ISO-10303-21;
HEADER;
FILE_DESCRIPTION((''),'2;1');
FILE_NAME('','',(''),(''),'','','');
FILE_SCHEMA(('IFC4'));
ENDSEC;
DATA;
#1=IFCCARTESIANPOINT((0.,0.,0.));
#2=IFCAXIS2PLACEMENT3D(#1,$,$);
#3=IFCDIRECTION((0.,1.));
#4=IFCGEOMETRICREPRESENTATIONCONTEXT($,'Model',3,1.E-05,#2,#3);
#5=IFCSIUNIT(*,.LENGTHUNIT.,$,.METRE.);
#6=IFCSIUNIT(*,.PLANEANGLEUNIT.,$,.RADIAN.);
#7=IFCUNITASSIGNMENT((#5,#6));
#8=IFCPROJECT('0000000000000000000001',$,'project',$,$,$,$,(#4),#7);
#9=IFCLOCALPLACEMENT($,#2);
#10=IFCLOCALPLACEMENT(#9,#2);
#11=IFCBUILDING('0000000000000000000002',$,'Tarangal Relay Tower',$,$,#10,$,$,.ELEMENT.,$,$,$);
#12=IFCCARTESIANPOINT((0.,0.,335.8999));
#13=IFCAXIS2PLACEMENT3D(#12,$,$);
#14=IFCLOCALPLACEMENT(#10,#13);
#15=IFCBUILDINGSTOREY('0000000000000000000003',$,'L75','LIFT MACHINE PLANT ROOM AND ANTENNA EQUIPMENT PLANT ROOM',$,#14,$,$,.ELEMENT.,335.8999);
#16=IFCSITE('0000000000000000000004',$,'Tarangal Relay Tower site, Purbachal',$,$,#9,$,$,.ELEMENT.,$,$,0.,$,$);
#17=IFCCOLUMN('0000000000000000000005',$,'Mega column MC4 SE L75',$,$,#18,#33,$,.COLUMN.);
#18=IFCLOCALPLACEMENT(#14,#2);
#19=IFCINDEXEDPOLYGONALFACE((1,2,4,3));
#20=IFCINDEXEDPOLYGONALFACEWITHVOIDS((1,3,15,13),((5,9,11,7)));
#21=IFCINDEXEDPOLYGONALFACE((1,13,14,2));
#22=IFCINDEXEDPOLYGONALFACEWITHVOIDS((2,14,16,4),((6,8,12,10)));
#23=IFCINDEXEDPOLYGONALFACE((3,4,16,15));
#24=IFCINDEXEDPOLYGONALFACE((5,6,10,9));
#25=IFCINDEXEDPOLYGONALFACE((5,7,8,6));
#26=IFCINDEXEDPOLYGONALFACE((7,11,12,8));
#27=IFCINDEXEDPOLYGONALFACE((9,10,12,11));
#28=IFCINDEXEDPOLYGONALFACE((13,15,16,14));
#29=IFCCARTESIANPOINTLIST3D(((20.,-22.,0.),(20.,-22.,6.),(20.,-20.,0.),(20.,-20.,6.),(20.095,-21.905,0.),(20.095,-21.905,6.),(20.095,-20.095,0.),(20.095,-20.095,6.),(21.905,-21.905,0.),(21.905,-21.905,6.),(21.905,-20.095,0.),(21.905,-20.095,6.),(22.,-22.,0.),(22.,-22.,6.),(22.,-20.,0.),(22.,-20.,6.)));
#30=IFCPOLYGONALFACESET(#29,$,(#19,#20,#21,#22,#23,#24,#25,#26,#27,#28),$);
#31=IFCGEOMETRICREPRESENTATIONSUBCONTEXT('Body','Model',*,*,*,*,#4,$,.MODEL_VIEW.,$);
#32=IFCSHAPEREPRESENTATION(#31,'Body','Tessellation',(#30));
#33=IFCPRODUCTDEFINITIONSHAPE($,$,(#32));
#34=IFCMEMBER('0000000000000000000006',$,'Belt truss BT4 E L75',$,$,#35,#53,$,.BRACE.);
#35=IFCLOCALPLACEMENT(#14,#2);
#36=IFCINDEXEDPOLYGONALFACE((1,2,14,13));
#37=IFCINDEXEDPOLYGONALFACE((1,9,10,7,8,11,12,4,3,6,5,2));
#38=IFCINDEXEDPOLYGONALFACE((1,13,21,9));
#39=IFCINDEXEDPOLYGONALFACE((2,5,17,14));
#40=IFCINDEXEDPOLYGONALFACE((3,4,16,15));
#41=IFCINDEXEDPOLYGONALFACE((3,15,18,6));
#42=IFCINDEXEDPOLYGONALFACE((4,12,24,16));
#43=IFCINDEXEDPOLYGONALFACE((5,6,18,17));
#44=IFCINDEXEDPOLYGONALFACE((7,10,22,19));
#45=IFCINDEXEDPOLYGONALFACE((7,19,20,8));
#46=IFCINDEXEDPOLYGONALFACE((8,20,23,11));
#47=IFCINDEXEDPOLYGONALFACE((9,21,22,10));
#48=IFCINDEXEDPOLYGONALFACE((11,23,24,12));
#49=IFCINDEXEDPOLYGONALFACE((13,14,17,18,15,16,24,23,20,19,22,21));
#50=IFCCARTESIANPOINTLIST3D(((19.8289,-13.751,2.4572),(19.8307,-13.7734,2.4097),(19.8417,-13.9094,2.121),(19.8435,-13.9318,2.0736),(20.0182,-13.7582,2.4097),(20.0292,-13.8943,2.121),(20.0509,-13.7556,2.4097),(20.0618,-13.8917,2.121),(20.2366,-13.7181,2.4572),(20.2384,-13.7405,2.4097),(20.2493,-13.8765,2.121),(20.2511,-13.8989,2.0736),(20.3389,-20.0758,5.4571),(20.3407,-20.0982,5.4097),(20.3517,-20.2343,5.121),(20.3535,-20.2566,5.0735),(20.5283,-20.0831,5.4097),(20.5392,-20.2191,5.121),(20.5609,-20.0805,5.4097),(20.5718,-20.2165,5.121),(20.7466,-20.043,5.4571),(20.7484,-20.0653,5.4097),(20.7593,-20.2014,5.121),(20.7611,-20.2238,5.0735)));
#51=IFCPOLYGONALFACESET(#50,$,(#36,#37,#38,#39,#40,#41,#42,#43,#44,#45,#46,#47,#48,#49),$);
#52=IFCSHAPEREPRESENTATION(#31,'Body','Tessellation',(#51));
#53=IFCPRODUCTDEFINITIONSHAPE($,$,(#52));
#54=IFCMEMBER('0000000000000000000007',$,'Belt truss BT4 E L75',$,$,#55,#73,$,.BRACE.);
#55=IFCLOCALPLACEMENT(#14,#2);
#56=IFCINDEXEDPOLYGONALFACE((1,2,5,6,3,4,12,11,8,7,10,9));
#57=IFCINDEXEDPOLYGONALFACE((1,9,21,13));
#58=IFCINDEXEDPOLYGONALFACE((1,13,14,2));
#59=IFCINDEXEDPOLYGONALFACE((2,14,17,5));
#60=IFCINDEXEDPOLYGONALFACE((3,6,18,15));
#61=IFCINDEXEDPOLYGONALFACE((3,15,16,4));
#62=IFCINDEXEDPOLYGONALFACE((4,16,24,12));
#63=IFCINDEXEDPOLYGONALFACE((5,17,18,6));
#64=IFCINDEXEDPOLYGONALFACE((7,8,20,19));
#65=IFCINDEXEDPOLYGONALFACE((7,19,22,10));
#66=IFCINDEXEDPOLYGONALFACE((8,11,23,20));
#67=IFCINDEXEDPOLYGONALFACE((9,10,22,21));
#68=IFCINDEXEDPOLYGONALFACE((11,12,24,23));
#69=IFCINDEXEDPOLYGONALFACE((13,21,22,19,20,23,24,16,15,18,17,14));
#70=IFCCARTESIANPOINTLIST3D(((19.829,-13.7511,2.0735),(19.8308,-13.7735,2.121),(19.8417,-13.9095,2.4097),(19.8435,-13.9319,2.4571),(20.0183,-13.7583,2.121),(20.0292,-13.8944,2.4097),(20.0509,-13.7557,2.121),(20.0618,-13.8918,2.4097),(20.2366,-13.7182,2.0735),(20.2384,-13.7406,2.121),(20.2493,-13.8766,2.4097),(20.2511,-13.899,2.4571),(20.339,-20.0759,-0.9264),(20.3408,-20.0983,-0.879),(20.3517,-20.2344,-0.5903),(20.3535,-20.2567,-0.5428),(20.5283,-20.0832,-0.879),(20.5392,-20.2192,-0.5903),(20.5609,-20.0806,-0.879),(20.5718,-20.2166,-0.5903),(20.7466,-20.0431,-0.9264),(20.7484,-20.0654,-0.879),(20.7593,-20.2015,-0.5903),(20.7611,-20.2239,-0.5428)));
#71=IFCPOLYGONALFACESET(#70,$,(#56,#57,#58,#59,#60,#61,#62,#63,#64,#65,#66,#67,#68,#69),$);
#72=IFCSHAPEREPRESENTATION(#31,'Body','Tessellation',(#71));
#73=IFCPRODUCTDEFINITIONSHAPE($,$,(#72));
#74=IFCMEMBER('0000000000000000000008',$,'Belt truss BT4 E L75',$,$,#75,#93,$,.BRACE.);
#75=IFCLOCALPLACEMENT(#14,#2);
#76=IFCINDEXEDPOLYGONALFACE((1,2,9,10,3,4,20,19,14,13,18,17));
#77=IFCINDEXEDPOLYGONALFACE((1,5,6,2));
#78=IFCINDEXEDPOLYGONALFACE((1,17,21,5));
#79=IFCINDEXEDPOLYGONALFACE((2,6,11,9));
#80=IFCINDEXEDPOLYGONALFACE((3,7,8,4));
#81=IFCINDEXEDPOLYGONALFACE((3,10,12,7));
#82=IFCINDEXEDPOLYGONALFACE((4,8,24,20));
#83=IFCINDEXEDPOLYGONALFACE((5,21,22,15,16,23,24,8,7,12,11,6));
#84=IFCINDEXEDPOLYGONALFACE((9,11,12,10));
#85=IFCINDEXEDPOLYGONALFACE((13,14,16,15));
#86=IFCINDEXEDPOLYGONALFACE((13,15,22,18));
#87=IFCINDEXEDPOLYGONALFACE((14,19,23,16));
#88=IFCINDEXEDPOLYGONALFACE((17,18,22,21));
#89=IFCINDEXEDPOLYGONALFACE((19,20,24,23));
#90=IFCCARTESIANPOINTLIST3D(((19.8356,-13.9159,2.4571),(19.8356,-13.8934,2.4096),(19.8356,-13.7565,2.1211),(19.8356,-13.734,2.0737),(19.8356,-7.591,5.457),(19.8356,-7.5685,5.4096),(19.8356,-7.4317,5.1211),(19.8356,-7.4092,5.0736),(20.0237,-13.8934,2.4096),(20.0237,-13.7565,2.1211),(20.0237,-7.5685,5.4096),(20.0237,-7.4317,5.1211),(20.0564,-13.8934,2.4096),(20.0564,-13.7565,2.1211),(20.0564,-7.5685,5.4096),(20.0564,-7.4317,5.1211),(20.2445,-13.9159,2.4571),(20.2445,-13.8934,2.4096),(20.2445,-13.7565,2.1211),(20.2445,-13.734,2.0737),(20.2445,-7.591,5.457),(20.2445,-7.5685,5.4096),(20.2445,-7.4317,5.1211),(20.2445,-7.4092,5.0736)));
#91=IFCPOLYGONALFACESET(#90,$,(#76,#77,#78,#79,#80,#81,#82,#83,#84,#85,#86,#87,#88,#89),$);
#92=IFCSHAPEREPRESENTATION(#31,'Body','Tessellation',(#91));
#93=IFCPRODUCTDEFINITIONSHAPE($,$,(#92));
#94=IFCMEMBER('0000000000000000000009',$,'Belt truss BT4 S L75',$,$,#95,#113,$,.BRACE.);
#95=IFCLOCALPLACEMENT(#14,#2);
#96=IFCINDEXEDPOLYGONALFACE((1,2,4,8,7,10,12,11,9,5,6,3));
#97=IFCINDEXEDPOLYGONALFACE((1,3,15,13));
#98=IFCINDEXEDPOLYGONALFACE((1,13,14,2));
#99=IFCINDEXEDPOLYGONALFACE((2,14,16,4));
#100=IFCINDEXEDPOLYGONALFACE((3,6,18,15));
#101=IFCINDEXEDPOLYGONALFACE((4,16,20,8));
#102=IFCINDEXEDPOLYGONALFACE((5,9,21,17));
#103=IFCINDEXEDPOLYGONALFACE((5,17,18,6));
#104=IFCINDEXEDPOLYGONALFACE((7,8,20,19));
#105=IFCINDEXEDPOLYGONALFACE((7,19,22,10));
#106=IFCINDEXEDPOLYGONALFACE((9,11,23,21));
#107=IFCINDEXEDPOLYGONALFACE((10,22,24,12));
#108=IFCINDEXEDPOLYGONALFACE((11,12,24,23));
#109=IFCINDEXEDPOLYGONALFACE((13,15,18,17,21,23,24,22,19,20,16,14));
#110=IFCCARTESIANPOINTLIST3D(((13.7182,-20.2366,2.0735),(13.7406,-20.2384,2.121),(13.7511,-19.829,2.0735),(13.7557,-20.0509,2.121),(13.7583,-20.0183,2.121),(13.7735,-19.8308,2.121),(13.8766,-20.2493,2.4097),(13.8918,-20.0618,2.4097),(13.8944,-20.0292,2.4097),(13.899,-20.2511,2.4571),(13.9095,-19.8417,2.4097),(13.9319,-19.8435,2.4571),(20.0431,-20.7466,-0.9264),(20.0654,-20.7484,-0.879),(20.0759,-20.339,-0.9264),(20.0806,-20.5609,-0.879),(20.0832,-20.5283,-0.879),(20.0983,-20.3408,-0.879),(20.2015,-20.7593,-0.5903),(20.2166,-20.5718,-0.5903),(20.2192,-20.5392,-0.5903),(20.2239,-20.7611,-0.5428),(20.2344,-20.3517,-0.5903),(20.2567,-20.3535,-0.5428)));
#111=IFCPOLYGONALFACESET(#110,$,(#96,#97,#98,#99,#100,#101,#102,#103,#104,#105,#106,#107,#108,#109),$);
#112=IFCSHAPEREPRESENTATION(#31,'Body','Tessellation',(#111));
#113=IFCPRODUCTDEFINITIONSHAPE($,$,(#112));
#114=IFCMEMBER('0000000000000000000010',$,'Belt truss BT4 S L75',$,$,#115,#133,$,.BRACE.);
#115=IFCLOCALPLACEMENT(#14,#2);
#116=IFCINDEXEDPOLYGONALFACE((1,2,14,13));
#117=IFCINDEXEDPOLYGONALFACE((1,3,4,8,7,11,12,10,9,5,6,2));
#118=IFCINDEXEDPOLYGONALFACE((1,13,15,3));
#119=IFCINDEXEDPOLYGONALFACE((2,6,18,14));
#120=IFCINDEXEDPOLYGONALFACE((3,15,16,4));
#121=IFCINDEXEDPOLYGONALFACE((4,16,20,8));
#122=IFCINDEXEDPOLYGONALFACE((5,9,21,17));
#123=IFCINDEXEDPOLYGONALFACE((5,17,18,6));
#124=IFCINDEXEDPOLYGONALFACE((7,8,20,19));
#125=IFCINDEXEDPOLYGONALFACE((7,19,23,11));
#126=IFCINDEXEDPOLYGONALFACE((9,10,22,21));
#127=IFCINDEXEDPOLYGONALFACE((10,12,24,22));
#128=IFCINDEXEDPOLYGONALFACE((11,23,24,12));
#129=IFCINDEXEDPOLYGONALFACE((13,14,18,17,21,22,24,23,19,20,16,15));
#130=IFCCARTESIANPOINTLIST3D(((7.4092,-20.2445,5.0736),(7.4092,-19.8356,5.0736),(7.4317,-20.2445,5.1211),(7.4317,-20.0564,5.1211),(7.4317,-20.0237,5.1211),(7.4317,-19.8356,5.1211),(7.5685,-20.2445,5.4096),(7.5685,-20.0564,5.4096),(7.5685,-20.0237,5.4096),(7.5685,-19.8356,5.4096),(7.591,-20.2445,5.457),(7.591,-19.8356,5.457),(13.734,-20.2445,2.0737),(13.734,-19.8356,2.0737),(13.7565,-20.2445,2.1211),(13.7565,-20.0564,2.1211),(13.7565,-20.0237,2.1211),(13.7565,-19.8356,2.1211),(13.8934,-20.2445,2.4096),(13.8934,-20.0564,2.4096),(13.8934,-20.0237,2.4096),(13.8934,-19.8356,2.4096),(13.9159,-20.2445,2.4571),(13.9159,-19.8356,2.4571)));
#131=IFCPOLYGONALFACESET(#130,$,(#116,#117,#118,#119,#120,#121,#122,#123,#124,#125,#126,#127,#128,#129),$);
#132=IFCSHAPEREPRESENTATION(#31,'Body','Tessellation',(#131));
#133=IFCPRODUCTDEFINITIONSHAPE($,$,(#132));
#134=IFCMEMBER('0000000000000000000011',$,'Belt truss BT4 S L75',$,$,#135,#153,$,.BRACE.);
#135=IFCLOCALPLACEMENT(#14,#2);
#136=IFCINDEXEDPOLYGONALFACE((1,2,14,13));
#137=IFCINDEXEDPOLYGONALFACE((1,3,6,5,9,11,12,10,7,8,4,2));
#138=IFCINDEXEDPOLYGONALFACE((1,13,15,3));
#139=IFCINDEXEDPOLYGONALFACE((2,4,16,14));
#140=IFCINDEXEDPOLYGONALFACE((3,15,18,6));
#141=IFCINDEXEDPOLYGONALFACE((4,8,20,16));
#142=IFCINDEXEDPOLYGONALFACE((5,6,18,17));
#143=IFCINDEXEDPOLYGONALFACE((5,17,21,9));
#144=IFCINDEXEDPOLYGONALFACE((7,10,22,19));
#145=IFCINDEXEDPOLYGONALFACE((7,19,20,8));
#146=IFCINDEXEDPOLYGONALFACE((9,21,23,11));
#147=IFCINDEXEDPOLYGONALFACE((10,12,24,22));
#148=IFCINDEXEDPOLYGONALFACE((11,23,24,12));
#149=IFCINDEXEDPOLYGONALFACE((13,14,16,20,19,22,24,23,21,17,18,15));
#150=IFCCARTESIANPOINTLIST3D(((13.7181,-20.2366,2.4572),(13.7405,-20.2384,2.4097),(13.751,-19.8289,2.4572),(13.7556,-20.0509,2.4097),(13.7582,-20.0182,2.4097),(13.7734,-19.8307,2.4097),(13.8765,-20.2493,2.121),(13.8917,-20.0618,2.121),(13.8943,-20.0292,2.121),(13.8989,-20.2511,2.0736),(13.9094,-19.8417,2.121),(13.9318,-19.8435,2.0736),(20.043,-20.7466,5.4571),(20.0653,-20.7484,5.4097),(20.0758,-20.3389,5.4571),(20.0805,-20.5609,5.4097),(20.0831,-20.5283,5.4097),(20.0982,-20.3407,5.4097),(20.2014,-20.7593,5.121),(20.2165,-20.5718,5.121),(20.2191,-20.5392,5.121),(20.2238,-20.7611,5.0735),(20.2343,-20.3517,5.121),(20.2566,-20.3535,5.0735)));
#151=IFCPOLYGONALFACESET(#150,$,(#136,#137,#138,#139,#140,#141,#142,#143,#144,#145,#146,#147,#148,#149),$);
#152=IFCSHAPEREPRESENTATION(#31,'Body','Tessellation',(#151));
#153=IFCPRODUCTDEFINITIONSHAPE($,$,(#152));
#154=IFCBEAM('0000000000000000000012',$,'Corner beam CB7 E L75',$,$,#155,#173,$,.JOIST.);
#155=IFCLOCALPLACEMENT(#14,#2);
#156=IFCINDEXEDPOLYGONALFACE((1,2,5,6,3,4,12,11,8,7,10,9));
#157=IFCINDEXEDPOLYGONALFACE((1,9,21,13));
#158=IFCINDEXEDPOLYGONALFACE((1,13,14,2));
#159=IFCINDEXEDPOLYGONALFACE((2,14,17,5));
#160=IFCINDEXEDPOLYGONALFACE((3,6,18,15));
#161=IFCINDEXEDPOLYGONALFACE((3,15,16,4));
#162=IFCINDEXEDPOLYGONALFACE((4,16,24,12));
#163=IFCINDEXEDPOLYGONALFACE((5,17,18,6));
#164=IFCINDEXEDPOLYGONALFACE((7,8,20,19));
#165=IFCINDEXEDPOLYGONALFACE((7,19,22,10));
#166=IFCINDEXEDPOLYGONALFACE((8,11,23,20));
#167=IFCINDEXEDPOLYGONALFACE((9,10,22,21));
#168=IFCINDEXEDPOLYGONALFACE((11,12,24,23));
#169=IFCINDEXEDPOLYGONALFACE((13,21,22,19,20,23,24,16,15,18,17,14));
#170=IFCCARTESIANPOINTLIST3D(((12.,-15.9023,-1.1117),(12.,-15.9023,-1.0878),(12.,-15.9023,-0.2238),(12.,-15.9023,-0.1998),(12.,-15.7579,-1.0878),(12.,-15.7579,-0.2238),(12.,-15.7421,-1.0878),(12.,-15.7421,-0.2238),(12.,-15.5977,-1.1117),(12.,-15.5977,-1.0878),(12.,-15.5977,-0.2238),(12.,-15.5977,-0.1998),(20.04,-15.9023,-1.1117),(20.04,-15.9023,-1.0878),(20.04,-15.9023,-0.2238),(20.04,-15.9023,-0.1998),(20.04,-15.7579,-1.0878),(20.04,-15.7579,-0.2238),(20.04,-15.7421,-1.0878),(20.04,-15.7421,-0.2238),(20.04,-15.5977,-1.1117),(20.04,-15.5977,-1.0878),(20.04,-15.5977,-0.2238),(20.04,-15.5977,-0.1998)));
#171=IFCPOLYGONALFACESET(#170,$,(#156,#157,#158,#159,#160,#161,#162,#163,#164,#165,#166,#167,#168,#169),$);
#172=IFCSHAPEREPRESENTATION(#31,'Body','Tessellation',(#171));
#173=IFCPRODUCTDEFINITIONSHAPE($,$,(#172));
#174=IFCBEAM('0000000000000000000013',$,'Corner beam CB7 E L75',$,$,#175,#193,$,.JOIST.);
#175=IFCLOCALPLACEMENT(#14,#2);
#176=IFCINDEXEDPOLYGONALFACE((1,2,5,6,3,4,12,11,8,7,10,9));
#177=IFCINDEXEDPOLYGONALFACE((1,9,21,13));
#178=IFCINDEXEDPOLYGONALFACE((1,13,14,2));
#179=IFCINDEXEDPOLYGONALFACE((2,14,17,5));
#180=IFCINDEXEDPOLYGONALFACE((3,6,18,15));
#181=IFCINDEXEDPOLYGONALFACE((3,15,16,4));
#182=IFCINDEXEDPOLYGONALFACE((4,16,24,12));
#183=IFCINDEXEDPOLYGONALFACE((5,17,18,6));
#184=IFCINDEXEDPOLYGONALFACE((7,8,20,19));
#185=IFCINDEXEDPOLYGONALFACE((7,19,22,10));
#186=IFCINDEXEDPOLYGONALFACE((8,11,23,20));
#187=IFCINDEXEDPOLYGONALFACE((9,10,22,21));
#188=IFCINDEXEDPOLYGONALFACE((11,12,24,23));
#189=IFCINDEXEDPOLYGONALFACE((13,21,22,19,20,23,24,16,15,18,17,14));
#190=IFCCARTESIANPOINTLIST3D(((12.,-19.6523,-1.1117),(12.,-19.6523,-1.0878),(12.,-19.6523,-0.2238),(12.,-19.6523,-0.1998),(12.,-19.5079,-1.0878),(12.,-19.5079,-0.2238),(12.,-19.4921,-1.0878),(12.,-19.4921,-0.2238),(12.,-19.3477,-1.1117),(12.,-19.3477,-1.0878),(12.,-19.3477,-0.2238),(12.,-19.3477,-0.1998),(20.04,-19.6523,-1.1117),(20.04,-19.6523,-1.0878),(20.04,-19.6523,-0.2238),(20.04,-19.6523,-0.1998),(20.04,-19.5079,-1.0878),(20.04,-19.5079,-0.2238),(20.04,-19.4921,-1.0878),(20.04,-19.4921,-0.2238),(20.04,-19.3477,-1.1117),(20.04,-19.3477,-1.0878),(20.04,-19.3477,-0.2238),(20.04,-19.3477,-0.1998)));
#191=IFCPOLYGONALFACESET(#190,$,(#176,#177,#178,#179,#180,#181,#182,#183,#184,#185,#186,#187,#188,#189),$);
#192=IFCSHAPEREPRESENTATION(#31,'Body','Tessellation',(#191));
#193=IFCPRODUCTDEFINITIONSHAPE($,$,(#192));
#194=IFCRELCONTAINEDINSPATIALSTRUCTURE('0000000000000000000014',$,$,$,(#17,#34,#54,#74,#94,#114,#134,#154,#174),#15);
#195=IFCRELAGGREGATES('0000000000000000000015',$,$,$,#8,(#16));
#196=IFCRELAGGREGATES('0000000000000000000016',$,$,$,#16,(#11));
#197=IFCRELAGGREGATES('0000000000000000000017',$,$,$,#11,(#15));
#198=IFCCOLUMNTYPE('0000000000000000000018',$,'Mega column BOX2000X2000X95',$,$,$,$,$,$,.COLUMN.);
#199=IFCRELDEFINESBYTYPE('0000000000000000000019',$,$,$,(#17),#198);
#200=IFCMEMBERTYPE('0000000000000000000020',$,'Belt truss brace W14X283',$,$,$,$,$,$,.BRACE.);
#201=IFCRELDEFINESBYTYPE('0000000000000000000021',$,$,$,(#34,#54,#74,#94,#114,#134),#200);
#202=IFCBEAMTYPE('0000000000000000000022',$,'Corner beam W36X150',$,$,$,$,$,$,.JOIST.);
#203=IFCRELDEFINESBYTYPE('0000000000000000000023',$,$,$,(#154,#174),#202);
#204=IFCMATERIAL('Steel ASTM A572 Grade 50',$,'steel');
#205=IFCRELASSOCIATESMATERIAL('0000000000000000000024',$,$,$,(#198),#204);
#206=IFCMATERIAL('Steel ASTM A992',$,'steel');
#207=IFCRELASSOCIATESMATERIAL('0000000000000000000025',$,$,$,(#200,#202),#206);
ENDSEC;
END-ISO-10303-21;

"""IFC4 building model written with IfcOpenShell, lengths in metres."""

from ifc_helpers import new_model, si_unit, direction, frame, origin, origin_2d, place, context, subcontext, project, spatial, hollow_rectangle, i_section, extrude, material, material_profile, profile_set, type_object, element, save


model = new_model("IFC4")

# Units and contexts
model_context = context("Model", 3, precision=1e-05, world=origin(), true_north=direction((0.0, 1.0)))
body_context = subcontext(model_context, "Body", "Model", "MODEL_VIEW")
ifc_project = project(units=[si_unit("LENGTHUNIT", "METRE"), si_unit("PLANEANGLEUNIT", "RADIAN")], contexts=[model_context])

# Site, building, storey
site_placement = place(None, origin())
site = spatial("IfcSite", under=ifc_project, at=site_placement, Name="Tarangal Relay Tower site, Purbachal", CompositionType="ELEMENT", RefElevation=0.0)
building_placement = place(site_placement, origin())
building = spatial("IfcBuilding", under=site, at=building_placement, Name="Tarangal Relay Tower", CompositionType="ELEMENT")
storey_placement = place(building_placement, frame((0.0, 0.0, 335.8999)))
storey = spatial("IfcBuildingStorey", under=building, at=storey_placement, Name="L75", Description="LIFT MACHINE PLANT ROOM AND ANTENNA EQUIPMENT PLANT ROOM", CompositionType="ELEMENT", Elevation=335.8999)

# Column
ifc_material_1 = material(Name="Steel ASTM A572 Grade 50", Category="steel")
ifc_material_profile_1 = material_profile(ifc_material_1, hollow_rectangle(XDim=2.0, YDim=2.0, WallThickness=0.095, at=origin_2d()), Name="BOX2000X2000X95")
ifc_profile_set_1 = profile_set([ifc_material_profile_1], Name="Steel ASTM A572 Grade 50")
column_type = type_object("IfcColumnType", Name="Mega column BOX2000X2000X95", PredefinedType="COLUMN", material=ifc_profile_set_1)
column_placement = place(storey_placement, frame((21.0, -21.0, 0.0), z_axis=(0.0, 0.0, 1.0), x_axis=(1.0, 0.0, 0.0)))
element("IfcColumn", 1, at=column_placement, inside=storey, type_object=column_type, Name="Mega column MC4 SE L75", PredefinedType="COLUMN", context=body_context, shape_type="SweptSolid", body=[
    extrude(hollow_rectangle(XDim=2.0, YDim=2.0, WallThickness=0.095, at=origin_2d()), origin(), (0.0, 0.0, 1.0), 6.0),
])

# Members
ifc_material_2 = material(Name="Steel ASTM A992", Category="steel")
ifc_material_profile_2 = material_profile(ifc_material_2, i_section(OverallWidth=0.4089, OverallDepth=0.4243, WebThickness=0.0327, FlangeThickness=0.0525, at=origin_2d()), Name="W14X283")
ifc_profile_set_2 = profile_set([ifc_material_profile_2], Name="Steel ASTM A992")
member_type_1 = type_object("IfcMemberType", Name="Belt truss brace W14X283", PredefinedType="BRACE", material=ifc_profile_set_2)
for number, where, z_axis, x_axis, name in (
    (2, (20.04, -13.825, 2.2654), (0.072662, -0.90113, 0.427417), (0.996765, 0.080374, 0.0), "Belt truss BT4 E L75"),
    (3, (20.55, -20.1499, -0.7346), (-0.072662, 0.90113, 0.427417), (-0.996765, -0.080374, 0.0), "Belt truss BT4 E L75"),
):
    element("IfcMember", number, at=place(storey_placement, frame(where, z_axis=z_axis, x_axis=x_axis)), inside=storey, type_object=member_type_1, Name=name, PredefinedType="BRACE", context=body_context, shape_type="SweptSolid", body=[
        extrude(i_section(OverallWidth=0.4089, OverallDepth=0.4243, WebThickness=0.0327, FlangeThickness=0.0525, at=origin_2d()), origin(), (0.0, 0.0, 1.0), 7.0188),
    ])
member_1_placement = place(storey_placement, frame((20.04, -13.825, 2.2654), z_axis=(0.0, 0.903518, 0.42855), x_axis=(-1.0, 0.0, 0.0)))
element("IfcMember", 4, at=member_1_placement, inside=storey, type_object=member_type_1, Name="Belt truss BT4 E L75", PredefinedType="BRACE", context=body_context, shape_type="SweptSolid", body=[
    extrude(i_section(OverallWidth=0.4089, OverallDepth=0.4243, WebThickness=0.0327, FlangeThickness=0.0525, at=origin_2d()), origin(), (0.0, 0.0, 1.0), 7.0002),
])
member_2_placement = place(storey_placement, frame((20.1499, -20.55, -0.7346), z_axis=(-0.90113, 0.072662, 0.427417), x_axis=(-0.080374, -0.996765, 0.0)))
element("IfcMember", 5, at=member_2_placement, inside=storey, type_object=member_type_1, Name="Belt truss BT4 S L75", PredefinedType="BRACE", context=body_context, shape_type="SweptSolid", body=[
    extrude(i_section(OverallWidth=0.4089, OverallDepth=0.4243, WebThickness=0.0327, FlangeThickness=0.0525, at=origin_2d()), origin(), (0.0, 0.0, 1.0), 7.0188),
])
member_3_placement = place(storey_placement, frame((13.825, -20.04, 2.2654), z_axis=(-0.903518, 0.0, 0.42855), x_axis=(0.0, -1.0, 0.0)))
element("IfcMember", 6, at=member_3_placement, inside=storey, type_object=member_type_1, Name="Belt truss BT4 S L75", PredefinedType="BRACE", context=body_context, shape_type="SweptSolid", body=[
    extrude(i_section(OverallWidth=0.4089, OverallDepth=0.4243, WebThickness=0.0327, FlangeThickness=0.0525, at=origin_2d()), origin(), (0.0, 0.0, 1.0), 7.0002),
])
member_4_placement = place(storey_placement, frame((13.825, -20.04, 2.2654), z_axis=(0.90113, -0.072662, 0.427417), x_axis=(0.080374, 0.996765, 0.0)))
element("IfcMember", 7, at=member_4_placement, inside=storey, type_object=member_type_1, Name="Belt truss BT4 S L75", PredefinedType="BRACE", context=body_context, shape_type="SweptSolid", body=[
    extrude(i_section(OverallWidth=0.4089, OverallDepth=0.4243, WebThickness=0.0327, FlangeThickness=0.0525, at=origin_2d()), origin(), (0.0, 0.0, 1.0), 7.0188),
])

# Beams
ifc_material_profile_3 = material_profile(ifc_material_2, i_section(OverallWidth=0.3047, OverallDepth=0.9119, WebThickness=0.0159, FlangeThickness=0.0239, at=origin_2d()), Name="W36X150")
ifc_profile_set_3 = profile_set([ifc_material_profile_3], Name="Steel ASTM A992")
beam_type_1 = type_object("IfcBeamType", Name="Corner beam W36X150", PredefinedType="JOIST", material=ifc_profile_set_3)
for number, where, z_axis, x_axis, name in (
    (8, (12.0, -15.75, -0.6558), (1.0, 0.0, 0.0), (0.0, 1.0, 0.0), "Corner beam CB7 E L75"),
    (9, (12.0, -19.5, -0.6558), (1.0, 0.0, 0.0), (0.0, 1.0, 0.0), "Corner beam CB7 E L75"),
):
    element("IfcBeam", number, at=place(storey_placement, frame(where, z_axis=z_axis, x_axis=x_axis)), inside=storey, type_object=beam_type_1, Name=name, PredefinedType="JOIST", context=body_context, shape_type="SweptSolid", body=[
        extrude(i_section(OverallWidth=0.3047, OverallDepth=0.9119, WebThickness=0.0159, FlangeThickness=0.0239, at=origin_2d()), origin(), (0.0, 0.0, 1.0), 8.04),
    ])

save(model, "model.ifc")
